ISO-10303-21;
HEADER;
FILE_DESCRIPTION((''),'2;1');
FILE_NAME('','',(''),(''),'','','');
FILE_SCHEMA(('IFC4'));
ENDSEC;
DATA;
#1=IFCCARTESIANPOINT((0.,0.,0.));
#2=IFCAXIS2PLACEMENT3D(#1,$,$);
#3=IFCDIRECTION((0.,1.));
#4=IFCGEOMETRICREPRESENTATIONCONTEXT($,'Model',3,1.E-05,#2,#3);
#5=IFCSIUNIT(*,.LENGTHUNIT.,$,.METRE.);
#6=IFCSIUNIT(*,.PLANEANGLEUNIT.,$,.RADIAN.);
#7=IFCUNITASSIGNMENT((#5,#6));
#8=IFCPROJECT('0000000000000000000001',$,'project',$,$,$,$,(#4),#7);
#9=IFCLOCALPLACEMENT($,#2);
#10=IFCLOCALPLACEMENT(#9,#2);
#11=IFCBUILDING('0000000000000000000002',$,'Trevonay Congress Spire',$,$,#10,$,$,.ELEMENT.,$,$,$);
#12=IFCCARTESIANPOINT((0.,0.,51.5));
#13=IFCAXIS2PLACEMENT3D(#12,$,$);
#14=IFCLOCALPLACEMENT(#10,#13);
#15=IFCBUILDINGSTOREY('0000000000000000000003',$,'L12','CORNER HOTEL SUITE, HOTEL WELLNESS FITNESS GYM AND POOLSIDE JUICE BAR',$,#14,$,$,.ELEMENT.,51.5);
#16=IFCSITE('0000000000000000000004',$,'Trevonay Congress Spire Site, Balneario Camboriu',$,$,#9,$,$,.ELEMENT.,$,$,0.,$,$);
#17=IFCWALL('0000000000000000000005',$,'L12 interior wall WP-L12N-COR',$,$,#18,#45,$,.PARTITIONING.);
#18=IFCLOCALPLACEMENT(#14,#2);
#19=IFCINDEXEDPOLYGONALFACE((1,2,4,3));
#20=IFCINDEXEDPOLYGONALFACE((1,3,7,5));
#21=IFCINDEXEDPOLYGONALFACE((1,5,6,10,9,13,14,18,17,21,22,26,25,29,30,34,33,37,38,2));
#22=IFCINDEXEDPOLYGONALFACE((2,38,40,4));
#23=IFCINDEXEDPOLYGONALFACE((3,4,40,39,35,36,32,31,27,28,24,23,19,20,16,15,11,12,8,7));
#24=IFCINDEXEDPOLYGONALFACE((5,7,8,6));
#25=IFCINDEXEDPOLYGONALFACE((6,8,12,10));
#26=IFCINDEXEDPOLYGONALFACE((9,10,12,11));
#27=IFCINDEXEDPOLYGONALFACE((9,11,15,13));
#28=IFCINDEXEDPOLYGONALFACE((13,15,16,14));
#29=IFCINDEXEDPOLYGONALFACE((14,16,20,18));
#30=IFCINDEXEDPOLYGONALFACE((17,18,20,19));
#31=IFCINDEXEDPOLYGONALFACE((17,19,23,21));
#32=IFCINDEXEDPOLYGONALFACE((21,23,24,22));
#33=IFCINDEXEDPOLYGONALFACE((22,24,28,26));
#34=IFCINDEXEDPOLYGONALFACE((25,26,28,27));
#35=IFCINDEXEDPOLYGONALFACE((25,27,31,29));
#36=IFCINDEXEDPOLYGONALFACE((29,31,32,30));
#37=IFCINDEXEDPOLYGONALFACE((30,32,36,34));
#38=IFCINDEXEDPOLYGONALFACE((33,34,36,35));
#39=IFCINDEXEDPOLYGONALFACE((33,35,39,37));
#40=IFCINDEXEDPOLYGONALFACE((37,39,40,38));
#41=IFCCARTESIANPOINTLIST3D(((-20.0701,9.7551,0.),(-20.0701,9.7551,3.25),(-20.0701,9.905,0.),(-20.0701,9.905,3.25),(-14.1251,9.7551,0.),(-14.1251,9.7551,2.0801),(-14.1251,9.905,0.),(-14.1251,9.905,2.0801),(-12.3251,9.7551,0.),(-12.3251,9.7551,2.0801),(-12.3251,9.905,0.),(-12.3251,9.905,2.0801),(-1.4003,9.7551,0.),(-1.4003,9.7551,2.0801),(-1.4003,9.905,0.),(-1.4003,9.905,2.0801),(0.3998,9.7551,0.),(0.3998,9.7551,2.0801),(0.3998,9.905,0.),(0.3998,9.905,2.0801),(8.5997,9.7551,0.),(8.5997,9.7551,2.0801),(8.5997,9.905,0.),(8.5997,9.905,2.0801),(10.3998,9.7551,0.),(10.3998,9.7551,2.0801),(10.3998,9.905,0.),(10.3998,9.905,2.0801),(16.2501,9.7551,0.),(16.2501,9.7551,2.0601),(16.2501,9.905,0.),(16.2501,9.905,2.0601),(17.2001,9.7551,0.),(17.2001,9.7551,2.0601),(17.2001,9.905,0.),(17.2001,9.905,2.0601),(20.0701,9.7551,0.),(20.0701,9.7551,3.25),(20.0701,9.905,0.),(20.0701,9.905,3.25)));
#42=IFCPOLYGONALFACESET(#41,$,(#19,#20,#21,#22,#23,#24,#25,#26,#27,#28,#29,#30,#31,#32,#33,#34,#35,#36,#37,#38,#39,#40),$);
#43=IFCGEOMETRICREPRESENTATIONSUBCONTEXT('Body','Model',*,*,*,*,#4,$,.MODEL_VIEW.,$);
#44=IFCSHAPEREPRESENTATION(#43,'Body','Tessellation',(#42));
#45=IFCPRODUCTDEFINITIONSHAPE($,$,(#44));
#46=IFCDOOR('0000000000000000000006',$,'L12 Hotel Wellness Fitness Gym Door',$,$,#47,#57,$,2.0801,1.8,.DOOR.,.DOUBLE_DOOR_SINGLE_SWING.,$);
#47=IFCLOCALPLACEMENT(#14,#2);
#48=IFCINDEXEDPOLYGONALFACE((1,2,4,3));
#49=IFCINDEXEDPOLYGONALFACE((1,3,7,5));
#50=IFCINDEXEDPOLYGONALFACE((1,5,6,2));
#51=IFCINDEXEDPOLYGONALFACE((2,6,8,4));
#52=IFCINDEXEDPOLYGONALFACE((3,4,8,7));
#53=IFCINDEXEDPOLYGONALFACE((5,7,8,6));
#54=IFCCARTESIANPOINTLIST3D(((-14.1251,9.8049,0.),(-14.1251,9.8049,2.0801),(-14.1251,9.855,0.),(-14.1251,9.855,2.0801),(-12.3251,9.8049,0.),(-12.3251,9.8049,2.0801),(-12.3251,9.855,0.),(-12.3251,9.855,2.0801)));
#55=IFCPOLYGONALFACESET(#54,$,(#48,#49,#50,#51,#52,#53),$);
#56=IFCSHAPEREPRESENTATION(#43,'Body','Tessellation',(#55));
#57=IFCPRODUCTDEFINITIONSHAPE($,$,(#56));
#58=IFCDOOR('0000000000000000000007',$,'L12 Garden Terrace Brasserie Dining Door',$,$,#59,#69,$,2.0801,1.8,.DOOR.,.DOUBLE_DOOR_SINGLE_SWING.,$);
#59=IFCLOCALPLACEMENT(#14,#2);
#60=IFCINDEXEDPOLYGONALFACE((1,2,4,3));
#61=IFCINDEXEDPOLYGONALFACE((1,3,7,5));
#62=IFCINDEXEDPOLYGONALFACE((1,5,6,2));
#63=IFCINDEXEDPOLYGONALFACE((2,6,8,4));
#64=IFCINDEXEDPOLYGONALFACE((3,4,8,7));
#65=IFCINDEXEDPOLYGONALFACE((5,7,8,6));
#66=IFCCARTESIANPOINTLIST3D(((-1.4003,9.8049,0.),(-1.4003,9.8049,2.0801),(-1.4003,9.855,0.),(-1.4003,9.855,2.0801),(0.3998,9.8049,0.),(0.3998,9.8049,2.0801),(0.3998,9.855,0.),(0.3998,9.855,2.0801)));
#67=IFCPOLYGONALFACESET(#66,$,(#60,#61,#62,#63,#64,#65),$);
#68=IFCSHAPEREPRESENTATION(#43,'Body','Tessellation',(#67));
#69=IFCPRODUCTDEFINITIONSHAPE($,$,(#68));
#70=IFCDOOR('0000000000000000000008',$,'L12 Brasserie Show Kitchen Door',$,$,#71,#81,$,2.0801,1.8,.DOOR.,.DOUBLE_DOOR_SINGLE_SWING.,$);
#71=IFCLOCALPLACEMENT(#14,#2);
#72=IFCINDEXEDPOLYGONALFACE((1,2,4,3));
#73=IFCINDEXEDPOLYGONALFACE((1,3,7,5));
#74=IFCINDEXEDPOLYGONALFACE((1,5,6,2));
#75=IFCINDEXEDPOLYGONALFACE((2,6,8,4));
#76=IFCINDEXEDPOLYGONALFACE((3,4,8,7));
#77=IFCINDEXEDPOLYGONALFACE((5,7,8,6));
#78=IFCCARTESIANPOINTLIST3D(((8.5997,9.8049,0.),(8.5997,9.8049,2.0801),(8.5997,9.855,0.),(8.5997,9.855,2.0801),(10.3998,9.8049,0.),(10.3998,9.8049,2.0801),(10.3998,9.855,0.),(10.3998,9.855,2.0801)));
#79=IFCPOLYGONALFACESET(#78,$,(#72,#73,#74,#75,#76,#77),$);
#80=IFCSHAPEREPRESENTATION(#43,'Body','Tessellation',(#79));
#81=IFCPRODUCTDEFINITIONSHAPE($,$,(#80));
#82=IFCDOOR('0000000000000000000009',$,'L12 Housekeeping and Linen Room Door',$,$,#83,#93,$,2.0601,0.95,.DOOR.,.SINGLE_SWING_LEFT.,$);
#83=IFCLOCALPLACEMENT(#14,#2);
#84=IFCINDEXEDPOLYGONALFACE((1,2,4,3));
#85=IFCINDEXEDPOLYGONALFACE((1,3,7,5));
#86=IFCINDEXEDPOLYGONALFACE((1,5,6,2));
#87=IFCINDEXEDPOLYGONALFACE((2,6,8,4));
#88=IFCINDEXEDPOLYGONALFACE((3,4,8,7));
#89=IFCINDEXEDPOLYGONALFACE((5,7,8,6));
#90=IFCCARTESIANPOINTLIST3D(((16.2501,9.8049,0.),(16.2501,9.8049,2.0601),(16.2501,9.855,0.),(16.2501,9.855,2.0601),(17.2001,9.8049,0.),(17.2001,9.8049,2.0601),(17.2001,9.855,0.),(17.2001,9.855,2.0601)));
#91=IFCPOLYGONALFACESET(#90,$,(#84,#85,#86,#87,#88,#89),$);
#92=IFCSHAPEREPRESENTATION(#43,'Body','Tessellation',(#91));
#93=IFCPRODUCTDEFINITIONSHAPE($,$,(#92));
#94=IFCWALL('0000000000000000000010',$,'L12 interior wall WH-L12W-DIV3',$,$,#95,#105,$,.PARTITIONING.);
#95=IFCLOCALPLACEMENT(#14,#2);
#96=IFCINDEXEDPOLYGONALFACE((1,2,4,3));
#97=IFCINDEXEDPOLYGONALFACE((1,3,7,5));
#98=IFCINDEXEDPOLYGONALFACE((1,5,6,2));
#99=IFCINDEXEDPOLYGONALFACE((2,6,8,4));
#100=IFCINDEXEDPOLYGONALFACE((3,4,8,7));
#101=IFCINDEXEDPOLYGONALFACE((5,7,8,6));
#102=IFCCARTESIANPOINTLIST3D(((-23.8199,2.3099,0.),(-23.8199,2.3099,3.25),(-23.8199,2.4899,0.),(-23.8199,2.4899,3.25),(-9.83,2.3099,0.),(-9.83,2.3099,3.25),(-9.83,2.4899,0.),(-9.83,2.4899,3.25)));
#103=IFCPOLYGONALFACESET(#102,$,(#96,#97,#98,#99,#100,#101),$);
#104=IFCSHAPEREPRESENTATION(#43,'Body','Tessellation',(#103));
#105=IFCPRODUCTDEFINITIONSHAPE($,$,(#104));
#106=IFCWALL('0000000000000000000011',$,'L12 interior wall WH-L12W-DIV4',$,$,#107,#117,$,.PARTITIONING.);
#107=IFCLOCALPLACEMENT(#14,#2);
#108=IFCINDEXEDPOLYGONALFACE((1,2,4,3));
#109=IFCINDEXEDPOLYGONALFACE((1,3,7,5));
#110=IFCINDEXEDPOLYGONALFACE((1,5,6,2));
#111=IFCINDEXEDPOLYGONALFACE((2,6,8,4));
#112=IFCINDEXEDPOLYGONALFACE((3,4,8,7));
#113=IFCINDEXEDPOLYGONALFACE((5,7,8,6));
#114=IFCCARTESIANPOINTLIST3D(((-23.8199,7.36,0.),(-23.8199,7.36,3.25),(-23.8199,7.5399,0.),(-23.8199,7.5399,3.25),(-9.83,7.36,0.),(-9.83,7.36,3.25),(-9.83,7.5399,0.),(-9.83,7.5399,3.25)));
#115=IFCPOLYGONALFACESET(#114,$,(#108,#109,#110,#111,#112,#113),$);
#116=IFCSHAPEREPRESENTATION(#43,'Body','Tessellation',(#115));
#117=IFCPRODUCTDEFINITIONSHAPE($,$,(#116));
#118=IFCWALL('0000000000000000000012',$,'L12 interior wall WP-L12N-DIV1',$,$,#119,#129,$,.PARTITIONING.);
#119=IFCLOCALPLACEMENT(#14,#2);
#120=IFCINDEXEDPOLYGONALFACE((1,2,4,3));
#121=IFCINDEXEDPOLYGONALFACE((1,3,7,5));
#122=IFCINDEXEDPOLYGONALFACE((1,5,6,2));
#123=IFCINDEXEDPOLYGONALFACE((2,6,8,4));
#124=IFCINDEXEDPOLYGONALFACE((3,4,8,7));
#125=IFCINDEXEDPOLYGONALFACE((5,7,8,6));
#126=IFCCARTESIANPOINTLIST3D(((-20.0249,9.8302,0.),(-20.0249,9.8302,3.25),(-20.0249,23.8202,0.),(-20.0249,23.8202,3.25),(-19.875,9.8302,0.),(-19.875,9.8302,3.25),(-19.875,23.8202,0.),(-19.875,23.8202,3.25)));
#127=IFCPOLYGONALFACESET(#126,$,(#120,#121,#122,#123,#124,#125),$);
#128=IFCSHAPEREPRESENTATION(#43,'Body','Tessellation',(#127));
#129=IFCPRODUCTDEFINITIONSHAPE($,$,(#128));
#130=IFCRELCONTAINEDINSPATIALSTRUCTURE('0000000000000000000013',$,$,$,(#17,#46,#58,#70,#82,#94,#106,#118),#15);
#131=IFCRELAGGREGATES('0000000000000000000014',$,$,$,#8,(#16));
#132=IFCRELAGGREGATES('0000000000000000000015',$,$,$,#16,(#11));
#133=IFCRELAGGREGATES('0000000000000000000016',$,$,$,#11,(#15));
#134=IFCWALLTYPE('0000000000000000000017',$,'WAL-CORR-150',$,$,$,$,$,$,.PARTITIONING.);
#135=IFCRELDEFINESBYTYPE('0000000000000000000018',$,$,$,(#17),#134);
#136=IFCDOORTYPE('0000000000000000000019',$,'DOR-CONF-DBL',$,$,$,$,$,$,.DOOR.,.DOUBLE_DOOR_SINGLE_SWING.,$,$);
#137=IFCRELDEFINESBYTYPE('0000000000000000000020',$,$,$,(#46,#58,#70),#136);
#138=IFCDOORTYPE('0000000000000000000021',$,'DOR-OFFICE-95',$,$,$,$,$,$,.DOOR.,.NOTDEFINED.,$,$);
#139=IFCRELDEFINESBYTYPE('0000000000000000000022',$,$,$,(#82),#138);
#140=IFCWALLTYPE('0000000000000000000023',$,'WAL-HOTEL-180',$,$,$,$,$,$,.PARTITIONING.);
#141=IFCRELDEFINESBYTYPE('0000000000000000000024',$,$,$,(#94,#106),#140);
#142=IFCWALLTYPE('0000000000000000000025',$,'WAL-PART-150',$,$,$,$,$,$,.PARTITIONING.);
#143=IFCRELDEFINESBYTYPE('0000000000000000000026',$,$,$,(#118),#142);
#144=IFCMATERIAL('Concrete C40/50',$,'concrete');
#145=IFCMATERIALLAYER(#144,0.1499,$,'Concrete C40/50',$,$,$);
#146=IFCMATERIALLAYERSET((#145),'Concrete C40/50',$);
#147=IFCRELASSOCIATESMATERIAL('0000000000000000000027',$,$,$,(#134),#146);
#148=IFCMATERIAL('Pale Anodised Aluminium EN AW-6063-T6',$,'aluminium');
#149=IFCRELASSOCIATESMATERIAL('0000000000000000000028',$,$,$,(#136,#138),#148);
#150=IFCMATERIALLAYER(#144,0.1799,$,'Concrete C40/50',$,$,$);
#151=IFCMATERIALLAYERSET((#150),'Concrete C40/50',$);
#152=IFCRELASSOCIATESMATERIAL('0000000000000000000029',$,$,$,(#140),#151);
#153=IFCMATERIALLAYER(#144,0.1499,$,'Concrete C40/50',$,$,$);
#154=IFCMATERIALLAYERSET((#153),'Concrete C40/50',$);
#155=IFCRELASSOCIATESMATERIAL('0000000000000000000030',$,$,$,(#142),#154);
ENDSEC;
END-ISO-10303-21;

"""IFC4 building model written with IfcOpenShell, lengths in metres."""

from ifc_helpers import new_model, si_unit, direction, frame, frame_2d, origin, place, context, subcontext, project, spatial, rectangle, extrude, material, layer, layer_set, type_object, element, fill, save


model = new_model("IFC4")

# Units and contexts
model_context = context("Model", 3, precision=1e-05, world=origin(), true_north=direction((0.0, 1.0)))
body_context = subcontext(model_context, "Body", "Model", "MODEL_VIEW")
ifc_project = project(units=[si_unit("LENGTHUNIT", "METRE"), si_unit("PLANEANGLEUNIT", "RADIAN")], contexts=[model_context])

# Site, building, storey
site_placement = place(None, origin())
site = spatial("IfcSite", under=ifc_project, at=site_placement, Name="Trevonay Congress Spire Site, Balneario Camboriu", CompositionType="ELEMENT", RefElevation=0.0)
building_placement = place(site_placement, origin())
building = spatial("IfcBuilding", under=site, at=building_placement, Name="Trevonay Congress Spire", CompositionType="ELEMENT")
storey_placement = place(building_placement, frame((0.0, 0.0, 51.5)))
storey = spatial("IfcBuildingStorey", under=building, at=storey_placement, Name="L12", Description="CORNER HOTEL SUITE, HOTEL WELLNESS FITNESS GYM AND POOLSIDE JUICE BAR", CompositionType="ELEMENT", Elevation=51.5)

# Shared definitions
ifc_material_1 = material(Name="Pale Anodised Aluminium EN AW-6063-T6", Category="aluminium")

# Shared definitions
ifc_material_2 = material(Name="Concrete C40/50", Category="concrete")

# Wall, openings, doors
ifc_layer_1 = layer(ifc_material_2, 0.1499, Name="Concrete C40/50")
ifc_layer_set_1 = layer_set([ifc_layer_1], Name="Concrete C40/50")
wall_type_1 = type_object("IfcWallType", Name="WAL-CORR-150", PredefinedType="PARTITIONING", material=ifc_layer_set_1)
wall_1_placement = place(storey_placement, frame((-20.0701, 9.8301, 0.0), z_axis=(0.0, 0.0, 1.0), x_axis=(1.0, 0.0, 0.0)))
wall_1 = element("IfcWall", 1, at=wall_1_placement, inside=storey, type_object=wall_type_1, Name="L12 interior wall WP-L12N-COR", PredefinedType="PARTITIONING", context=body_context, shape_type="SweptSolid", body=[
    extrude(rectangle(XDim=40.1401, YDim=0.1499, at=frame_2d((20.0701, 0.0))), origin(), (0.0, 0.0, 1.0), 3.25),
])
opening_1_placement = place(wall_1_placement, frame((5.9451, 0.0, 0.0)))
opening_1 = element("IfcOpeningElement", 2, at=opening_1_placement, cuts=wall_1, PredefinedType="OPENING", context=body_context, shape_type="SweptSolid", body=[
    extrude(rectangle(XDim=1.8, YDim=2.0801, at=frame_2d((0.8999, 1.04))), frame((0.0, 0.085, 0.0), z_axis=(0.0, -1.0, 0.0), x_axis=(1.0, 0.0, 0.0)), (0.0, 0.0, 1.0), 0.1699),
])
opening_2_placement = place(wall_1_placement, frame((18.6699, 0.0, 0.0)))
opening_2 = element("IfcOpeningElement", 3, at=opening_2_placement, cuts=wall_1, PredefinedType="OPENING", context=body_context, shape_type="SweptSolid", body=[
    extrude(rectangle(XDim=1.8, YDim=2.0801, at=frame_2d((0.8999, 1.04))), frame((0.0, 0.085, 0.0), z_axis=(0.0, -1.0, 0.0), x_axis=(1.0, 0.0, 0.0)), (0.0, 0.0, 1.0), 0.1699),
])
opening_3_placement = place(wall_1_placement, frame((28.6699, 0.0, 0.0)))
opening_3 = element("IfcOpeningElement", 4, at=opening_3_placement, cuts=wall_1, PredefinedType="OPENING", context=body_context, shape_type="SweptSolid", body=[
    extrude(rectangle(XDim=1.8, YDim=2.0801, at=frame_2d((0.8999, 1.04))), frame((0.0, 0.085, 0.0), z_axis=(0.0, -1.0, 0.0), x_axis=(1.0, 0.0, 0.0)), (0.0, 0.0, 1.0), 0.1699),
])
opening_4_placement = place(wall_1_placement, frame((36.3201, 0.0, 0.0)))
opening_4 = element("IfcOpeningElement", 5, at=opening_4_placement, cuts=wall_1, PredefinedType="OPENING", context=body_context, shape_type="SweptSolid", body=[
    extrude(rectangle(XDim=0.95, YDim=2.0601, at=frame_2d((0.4751, 1.03))), frame((0.0, 0.085, 0.0), z_axis=(0.0, -1.0, 0.0), x_axis=(1.0, 0.0, 0.0)), (0.0, 0.0, 1.0), 0.1699),
])
door_type_1 = type_object("IfcDoorType", Name="DOR-CONF-DBL", OperationType="DOUBLE_DOOR_SINGLE_SWING", PredefinedType="DOOR", material=ifc_material_1)
door_1_placement = place(opening_1_placement, origin())
door_1 = element("IfcDoor", 6, at=door_1_placement, inside=storey, type_object=door_type_1, Name="L12 Hotel Wellness Fitness Gym Door", OperationType="DOUBLE_DOOR_SINGLE_SWING", OverallHeight=2.0801, OverallWidth=1.8, PredefinedType="DOOR", context=body_context, shape_type="SweptSolid", body=[
    extrude(rectangle(XDim=1.8, YDim=2.0801, at=frame_2d((0.8999, 1.04))), frame((0.0, 0.0249, 0.0), z_axis=(0.0, -1.0, 0.0), x_axis=(1.0, 0.0, 0.0)), (0.0, 0.0, 1.0), 0.05),
])
fill(opening_1, door_1)
door_2_placement = place(opening_2_placement, origin())
door_2 = element("IfcDoor", 7, at=door_2_placement, inside=storey, type_object=door_type_1, Name="L12 Garden Terrace Brasserie Dining Door", OperationType="DOUBLE_DOOR_SINGLE_SWING", OverallHeight=2.0801, OverallWidth=1.8, PredefinedType="DOOR", context=body_context, shape_type="SweptSolid", body=[
    extrude(rectangle(XDim=1.8, YDim=2.0801, at=frame_2d((0.8999, 1.04))), frame((0.0, 0.0249, 0.0), z_axis=(0.0, -1.0, 0.0), x_axis=(1.0, 0.0, 0.0)), (0.0, 0.0, 1.0), 0.05),
])
fill(opening_2, door_2)
door_3_placement = place(opening_3_placement, origin())
door_3 = element("IfcDoor", 8, at=door_3_placement, inside=storey, type_object=door_type_1, Name="L12 Brasserie Show Kitchen Door", OperationType="DOUBLE_DOOR_SINGLE_SWING", OverallHeight=2.0801, OverallWidth=1.8, PredefinedType="DOOR", context=body_context, shape_type="SweptSolid", body=[
    extrude(rectangle(XDim=1.8, YDim=2.0801, at=frame_2d((0.8999, 1.04))), frame((0.0, 0.0249, 0.0), z_axis=(0.0, -1.0, 0.0), x_axis=(1.0, 0.0, 0.0)), (0.0, 0.0, 1.0), 0.05),
])
fill(opening_3, door_3)
door_type_2 = type_object("IfcDoorType", Name="DOR-OFFICE-95", OperationType="NOTDEFINED", PredefinedType="DOOR", material=ifc_material_1)
door_4_placement = place(opening_4_placement, origin())
door_4 = element("IfcDoor", 9, at=door_4_placement, inside=storey, type_object=door_type_2, Name="L12 Housekeeping and Linen Room Door", OperationType="SINGLE_SWING_LEFT", OverallHeight=2.0601, OverallWidth=0.95, PredefinedType="DOOR", context=body_context, shape_type="SweptSolid", body=[
    extrude(rectangle(XDim=0.95, YDim=2.0601, at=frame_2d((0.4751, 1.03))), frame((0.0, 0.0249, 0.0), z_axis=(0.0, -1.0, 0.0), x_axis=(1.0, 0.0, 0.0)), (0.0, 0.0, 1.0), 0.05),
])
fill(opening_4, door_4)

# Walls
ifc_layer_2 = layer(ifc_material_2, 0.1799, Name="Concrete C40/50")
ifc_layer_set_2 = layer_set([ifc_layer_2], Name="Concrete C40/50")
wall_type_2 = type_object("IfcWallType", Name="WAL-HOTEL-180", PredefinedType="PARTITIONING", material=ifc_layer_set_2)
for number, where, z_axis, x_axis, name in (
    (10, (-23.8201, 2.3999, 0.0), (0.0, 0.0, 1.0), (1.0, 0.0, 0.0), "L12 interior wall WH-L12W-DIV3"),
    (11, (-23.8201, 7.45, 0.0), (0.0, 0.0, 1.0), (1.0, 0.0, 0.0), "L12 interior wall WH-L12W-DIV4"),
):
    element("IfcWall", number, at=place(storey_placement, frame(where, z_axis=z_axis, x_axis=x_axis)), inside=storey, type_object=wall_type_2, Name=name, PredefinedType="PARTITIONING", context=body_context, shape_type="SweptSolid", body=[
        extrude(rectangle(XDim=13.99, YDim=0.1799, at=frame_2d((6.9951, 0.0))), origin(), (0.0, 0.0, 1.0), 3.25),
    ])
ifc_layer_3 = layer(ifc_material_2, 0.1499, Name="Concrete C40/50")
ifc_layer_set_3 = layer_set([ifc_layer_3], Name="Concrete C40/50")
wall_type_3 = type_object("IfcWallType", Name="WAL-PART-150", PredefinedType="PARTITIONING", material=ifc_layer_set_3)
wall_2_placement = place(storey_placement, frame((-19.95, 9.8301, 0.0), z_axis=(0.0, 0.0, 1.0), x_axis=(0.0, 1.0, 0.0)))
element("IfcWall", 12, at=wall_2_placement, inside=storey, type_object=wall_type_3, Name="L12 interior wall WP-L12N-DIV1", PredefinedType="PARTITIONING", context=body_context, shape_type="SweptSolid", body=[
    extrude(rectangle(XDim=13.99, YDim=0.1499, at=frame_2d((6.9951, 0.0))), origin(), (0.0, 0.0, 1.0), 3.25),
])

save(model, "model.ifc")
